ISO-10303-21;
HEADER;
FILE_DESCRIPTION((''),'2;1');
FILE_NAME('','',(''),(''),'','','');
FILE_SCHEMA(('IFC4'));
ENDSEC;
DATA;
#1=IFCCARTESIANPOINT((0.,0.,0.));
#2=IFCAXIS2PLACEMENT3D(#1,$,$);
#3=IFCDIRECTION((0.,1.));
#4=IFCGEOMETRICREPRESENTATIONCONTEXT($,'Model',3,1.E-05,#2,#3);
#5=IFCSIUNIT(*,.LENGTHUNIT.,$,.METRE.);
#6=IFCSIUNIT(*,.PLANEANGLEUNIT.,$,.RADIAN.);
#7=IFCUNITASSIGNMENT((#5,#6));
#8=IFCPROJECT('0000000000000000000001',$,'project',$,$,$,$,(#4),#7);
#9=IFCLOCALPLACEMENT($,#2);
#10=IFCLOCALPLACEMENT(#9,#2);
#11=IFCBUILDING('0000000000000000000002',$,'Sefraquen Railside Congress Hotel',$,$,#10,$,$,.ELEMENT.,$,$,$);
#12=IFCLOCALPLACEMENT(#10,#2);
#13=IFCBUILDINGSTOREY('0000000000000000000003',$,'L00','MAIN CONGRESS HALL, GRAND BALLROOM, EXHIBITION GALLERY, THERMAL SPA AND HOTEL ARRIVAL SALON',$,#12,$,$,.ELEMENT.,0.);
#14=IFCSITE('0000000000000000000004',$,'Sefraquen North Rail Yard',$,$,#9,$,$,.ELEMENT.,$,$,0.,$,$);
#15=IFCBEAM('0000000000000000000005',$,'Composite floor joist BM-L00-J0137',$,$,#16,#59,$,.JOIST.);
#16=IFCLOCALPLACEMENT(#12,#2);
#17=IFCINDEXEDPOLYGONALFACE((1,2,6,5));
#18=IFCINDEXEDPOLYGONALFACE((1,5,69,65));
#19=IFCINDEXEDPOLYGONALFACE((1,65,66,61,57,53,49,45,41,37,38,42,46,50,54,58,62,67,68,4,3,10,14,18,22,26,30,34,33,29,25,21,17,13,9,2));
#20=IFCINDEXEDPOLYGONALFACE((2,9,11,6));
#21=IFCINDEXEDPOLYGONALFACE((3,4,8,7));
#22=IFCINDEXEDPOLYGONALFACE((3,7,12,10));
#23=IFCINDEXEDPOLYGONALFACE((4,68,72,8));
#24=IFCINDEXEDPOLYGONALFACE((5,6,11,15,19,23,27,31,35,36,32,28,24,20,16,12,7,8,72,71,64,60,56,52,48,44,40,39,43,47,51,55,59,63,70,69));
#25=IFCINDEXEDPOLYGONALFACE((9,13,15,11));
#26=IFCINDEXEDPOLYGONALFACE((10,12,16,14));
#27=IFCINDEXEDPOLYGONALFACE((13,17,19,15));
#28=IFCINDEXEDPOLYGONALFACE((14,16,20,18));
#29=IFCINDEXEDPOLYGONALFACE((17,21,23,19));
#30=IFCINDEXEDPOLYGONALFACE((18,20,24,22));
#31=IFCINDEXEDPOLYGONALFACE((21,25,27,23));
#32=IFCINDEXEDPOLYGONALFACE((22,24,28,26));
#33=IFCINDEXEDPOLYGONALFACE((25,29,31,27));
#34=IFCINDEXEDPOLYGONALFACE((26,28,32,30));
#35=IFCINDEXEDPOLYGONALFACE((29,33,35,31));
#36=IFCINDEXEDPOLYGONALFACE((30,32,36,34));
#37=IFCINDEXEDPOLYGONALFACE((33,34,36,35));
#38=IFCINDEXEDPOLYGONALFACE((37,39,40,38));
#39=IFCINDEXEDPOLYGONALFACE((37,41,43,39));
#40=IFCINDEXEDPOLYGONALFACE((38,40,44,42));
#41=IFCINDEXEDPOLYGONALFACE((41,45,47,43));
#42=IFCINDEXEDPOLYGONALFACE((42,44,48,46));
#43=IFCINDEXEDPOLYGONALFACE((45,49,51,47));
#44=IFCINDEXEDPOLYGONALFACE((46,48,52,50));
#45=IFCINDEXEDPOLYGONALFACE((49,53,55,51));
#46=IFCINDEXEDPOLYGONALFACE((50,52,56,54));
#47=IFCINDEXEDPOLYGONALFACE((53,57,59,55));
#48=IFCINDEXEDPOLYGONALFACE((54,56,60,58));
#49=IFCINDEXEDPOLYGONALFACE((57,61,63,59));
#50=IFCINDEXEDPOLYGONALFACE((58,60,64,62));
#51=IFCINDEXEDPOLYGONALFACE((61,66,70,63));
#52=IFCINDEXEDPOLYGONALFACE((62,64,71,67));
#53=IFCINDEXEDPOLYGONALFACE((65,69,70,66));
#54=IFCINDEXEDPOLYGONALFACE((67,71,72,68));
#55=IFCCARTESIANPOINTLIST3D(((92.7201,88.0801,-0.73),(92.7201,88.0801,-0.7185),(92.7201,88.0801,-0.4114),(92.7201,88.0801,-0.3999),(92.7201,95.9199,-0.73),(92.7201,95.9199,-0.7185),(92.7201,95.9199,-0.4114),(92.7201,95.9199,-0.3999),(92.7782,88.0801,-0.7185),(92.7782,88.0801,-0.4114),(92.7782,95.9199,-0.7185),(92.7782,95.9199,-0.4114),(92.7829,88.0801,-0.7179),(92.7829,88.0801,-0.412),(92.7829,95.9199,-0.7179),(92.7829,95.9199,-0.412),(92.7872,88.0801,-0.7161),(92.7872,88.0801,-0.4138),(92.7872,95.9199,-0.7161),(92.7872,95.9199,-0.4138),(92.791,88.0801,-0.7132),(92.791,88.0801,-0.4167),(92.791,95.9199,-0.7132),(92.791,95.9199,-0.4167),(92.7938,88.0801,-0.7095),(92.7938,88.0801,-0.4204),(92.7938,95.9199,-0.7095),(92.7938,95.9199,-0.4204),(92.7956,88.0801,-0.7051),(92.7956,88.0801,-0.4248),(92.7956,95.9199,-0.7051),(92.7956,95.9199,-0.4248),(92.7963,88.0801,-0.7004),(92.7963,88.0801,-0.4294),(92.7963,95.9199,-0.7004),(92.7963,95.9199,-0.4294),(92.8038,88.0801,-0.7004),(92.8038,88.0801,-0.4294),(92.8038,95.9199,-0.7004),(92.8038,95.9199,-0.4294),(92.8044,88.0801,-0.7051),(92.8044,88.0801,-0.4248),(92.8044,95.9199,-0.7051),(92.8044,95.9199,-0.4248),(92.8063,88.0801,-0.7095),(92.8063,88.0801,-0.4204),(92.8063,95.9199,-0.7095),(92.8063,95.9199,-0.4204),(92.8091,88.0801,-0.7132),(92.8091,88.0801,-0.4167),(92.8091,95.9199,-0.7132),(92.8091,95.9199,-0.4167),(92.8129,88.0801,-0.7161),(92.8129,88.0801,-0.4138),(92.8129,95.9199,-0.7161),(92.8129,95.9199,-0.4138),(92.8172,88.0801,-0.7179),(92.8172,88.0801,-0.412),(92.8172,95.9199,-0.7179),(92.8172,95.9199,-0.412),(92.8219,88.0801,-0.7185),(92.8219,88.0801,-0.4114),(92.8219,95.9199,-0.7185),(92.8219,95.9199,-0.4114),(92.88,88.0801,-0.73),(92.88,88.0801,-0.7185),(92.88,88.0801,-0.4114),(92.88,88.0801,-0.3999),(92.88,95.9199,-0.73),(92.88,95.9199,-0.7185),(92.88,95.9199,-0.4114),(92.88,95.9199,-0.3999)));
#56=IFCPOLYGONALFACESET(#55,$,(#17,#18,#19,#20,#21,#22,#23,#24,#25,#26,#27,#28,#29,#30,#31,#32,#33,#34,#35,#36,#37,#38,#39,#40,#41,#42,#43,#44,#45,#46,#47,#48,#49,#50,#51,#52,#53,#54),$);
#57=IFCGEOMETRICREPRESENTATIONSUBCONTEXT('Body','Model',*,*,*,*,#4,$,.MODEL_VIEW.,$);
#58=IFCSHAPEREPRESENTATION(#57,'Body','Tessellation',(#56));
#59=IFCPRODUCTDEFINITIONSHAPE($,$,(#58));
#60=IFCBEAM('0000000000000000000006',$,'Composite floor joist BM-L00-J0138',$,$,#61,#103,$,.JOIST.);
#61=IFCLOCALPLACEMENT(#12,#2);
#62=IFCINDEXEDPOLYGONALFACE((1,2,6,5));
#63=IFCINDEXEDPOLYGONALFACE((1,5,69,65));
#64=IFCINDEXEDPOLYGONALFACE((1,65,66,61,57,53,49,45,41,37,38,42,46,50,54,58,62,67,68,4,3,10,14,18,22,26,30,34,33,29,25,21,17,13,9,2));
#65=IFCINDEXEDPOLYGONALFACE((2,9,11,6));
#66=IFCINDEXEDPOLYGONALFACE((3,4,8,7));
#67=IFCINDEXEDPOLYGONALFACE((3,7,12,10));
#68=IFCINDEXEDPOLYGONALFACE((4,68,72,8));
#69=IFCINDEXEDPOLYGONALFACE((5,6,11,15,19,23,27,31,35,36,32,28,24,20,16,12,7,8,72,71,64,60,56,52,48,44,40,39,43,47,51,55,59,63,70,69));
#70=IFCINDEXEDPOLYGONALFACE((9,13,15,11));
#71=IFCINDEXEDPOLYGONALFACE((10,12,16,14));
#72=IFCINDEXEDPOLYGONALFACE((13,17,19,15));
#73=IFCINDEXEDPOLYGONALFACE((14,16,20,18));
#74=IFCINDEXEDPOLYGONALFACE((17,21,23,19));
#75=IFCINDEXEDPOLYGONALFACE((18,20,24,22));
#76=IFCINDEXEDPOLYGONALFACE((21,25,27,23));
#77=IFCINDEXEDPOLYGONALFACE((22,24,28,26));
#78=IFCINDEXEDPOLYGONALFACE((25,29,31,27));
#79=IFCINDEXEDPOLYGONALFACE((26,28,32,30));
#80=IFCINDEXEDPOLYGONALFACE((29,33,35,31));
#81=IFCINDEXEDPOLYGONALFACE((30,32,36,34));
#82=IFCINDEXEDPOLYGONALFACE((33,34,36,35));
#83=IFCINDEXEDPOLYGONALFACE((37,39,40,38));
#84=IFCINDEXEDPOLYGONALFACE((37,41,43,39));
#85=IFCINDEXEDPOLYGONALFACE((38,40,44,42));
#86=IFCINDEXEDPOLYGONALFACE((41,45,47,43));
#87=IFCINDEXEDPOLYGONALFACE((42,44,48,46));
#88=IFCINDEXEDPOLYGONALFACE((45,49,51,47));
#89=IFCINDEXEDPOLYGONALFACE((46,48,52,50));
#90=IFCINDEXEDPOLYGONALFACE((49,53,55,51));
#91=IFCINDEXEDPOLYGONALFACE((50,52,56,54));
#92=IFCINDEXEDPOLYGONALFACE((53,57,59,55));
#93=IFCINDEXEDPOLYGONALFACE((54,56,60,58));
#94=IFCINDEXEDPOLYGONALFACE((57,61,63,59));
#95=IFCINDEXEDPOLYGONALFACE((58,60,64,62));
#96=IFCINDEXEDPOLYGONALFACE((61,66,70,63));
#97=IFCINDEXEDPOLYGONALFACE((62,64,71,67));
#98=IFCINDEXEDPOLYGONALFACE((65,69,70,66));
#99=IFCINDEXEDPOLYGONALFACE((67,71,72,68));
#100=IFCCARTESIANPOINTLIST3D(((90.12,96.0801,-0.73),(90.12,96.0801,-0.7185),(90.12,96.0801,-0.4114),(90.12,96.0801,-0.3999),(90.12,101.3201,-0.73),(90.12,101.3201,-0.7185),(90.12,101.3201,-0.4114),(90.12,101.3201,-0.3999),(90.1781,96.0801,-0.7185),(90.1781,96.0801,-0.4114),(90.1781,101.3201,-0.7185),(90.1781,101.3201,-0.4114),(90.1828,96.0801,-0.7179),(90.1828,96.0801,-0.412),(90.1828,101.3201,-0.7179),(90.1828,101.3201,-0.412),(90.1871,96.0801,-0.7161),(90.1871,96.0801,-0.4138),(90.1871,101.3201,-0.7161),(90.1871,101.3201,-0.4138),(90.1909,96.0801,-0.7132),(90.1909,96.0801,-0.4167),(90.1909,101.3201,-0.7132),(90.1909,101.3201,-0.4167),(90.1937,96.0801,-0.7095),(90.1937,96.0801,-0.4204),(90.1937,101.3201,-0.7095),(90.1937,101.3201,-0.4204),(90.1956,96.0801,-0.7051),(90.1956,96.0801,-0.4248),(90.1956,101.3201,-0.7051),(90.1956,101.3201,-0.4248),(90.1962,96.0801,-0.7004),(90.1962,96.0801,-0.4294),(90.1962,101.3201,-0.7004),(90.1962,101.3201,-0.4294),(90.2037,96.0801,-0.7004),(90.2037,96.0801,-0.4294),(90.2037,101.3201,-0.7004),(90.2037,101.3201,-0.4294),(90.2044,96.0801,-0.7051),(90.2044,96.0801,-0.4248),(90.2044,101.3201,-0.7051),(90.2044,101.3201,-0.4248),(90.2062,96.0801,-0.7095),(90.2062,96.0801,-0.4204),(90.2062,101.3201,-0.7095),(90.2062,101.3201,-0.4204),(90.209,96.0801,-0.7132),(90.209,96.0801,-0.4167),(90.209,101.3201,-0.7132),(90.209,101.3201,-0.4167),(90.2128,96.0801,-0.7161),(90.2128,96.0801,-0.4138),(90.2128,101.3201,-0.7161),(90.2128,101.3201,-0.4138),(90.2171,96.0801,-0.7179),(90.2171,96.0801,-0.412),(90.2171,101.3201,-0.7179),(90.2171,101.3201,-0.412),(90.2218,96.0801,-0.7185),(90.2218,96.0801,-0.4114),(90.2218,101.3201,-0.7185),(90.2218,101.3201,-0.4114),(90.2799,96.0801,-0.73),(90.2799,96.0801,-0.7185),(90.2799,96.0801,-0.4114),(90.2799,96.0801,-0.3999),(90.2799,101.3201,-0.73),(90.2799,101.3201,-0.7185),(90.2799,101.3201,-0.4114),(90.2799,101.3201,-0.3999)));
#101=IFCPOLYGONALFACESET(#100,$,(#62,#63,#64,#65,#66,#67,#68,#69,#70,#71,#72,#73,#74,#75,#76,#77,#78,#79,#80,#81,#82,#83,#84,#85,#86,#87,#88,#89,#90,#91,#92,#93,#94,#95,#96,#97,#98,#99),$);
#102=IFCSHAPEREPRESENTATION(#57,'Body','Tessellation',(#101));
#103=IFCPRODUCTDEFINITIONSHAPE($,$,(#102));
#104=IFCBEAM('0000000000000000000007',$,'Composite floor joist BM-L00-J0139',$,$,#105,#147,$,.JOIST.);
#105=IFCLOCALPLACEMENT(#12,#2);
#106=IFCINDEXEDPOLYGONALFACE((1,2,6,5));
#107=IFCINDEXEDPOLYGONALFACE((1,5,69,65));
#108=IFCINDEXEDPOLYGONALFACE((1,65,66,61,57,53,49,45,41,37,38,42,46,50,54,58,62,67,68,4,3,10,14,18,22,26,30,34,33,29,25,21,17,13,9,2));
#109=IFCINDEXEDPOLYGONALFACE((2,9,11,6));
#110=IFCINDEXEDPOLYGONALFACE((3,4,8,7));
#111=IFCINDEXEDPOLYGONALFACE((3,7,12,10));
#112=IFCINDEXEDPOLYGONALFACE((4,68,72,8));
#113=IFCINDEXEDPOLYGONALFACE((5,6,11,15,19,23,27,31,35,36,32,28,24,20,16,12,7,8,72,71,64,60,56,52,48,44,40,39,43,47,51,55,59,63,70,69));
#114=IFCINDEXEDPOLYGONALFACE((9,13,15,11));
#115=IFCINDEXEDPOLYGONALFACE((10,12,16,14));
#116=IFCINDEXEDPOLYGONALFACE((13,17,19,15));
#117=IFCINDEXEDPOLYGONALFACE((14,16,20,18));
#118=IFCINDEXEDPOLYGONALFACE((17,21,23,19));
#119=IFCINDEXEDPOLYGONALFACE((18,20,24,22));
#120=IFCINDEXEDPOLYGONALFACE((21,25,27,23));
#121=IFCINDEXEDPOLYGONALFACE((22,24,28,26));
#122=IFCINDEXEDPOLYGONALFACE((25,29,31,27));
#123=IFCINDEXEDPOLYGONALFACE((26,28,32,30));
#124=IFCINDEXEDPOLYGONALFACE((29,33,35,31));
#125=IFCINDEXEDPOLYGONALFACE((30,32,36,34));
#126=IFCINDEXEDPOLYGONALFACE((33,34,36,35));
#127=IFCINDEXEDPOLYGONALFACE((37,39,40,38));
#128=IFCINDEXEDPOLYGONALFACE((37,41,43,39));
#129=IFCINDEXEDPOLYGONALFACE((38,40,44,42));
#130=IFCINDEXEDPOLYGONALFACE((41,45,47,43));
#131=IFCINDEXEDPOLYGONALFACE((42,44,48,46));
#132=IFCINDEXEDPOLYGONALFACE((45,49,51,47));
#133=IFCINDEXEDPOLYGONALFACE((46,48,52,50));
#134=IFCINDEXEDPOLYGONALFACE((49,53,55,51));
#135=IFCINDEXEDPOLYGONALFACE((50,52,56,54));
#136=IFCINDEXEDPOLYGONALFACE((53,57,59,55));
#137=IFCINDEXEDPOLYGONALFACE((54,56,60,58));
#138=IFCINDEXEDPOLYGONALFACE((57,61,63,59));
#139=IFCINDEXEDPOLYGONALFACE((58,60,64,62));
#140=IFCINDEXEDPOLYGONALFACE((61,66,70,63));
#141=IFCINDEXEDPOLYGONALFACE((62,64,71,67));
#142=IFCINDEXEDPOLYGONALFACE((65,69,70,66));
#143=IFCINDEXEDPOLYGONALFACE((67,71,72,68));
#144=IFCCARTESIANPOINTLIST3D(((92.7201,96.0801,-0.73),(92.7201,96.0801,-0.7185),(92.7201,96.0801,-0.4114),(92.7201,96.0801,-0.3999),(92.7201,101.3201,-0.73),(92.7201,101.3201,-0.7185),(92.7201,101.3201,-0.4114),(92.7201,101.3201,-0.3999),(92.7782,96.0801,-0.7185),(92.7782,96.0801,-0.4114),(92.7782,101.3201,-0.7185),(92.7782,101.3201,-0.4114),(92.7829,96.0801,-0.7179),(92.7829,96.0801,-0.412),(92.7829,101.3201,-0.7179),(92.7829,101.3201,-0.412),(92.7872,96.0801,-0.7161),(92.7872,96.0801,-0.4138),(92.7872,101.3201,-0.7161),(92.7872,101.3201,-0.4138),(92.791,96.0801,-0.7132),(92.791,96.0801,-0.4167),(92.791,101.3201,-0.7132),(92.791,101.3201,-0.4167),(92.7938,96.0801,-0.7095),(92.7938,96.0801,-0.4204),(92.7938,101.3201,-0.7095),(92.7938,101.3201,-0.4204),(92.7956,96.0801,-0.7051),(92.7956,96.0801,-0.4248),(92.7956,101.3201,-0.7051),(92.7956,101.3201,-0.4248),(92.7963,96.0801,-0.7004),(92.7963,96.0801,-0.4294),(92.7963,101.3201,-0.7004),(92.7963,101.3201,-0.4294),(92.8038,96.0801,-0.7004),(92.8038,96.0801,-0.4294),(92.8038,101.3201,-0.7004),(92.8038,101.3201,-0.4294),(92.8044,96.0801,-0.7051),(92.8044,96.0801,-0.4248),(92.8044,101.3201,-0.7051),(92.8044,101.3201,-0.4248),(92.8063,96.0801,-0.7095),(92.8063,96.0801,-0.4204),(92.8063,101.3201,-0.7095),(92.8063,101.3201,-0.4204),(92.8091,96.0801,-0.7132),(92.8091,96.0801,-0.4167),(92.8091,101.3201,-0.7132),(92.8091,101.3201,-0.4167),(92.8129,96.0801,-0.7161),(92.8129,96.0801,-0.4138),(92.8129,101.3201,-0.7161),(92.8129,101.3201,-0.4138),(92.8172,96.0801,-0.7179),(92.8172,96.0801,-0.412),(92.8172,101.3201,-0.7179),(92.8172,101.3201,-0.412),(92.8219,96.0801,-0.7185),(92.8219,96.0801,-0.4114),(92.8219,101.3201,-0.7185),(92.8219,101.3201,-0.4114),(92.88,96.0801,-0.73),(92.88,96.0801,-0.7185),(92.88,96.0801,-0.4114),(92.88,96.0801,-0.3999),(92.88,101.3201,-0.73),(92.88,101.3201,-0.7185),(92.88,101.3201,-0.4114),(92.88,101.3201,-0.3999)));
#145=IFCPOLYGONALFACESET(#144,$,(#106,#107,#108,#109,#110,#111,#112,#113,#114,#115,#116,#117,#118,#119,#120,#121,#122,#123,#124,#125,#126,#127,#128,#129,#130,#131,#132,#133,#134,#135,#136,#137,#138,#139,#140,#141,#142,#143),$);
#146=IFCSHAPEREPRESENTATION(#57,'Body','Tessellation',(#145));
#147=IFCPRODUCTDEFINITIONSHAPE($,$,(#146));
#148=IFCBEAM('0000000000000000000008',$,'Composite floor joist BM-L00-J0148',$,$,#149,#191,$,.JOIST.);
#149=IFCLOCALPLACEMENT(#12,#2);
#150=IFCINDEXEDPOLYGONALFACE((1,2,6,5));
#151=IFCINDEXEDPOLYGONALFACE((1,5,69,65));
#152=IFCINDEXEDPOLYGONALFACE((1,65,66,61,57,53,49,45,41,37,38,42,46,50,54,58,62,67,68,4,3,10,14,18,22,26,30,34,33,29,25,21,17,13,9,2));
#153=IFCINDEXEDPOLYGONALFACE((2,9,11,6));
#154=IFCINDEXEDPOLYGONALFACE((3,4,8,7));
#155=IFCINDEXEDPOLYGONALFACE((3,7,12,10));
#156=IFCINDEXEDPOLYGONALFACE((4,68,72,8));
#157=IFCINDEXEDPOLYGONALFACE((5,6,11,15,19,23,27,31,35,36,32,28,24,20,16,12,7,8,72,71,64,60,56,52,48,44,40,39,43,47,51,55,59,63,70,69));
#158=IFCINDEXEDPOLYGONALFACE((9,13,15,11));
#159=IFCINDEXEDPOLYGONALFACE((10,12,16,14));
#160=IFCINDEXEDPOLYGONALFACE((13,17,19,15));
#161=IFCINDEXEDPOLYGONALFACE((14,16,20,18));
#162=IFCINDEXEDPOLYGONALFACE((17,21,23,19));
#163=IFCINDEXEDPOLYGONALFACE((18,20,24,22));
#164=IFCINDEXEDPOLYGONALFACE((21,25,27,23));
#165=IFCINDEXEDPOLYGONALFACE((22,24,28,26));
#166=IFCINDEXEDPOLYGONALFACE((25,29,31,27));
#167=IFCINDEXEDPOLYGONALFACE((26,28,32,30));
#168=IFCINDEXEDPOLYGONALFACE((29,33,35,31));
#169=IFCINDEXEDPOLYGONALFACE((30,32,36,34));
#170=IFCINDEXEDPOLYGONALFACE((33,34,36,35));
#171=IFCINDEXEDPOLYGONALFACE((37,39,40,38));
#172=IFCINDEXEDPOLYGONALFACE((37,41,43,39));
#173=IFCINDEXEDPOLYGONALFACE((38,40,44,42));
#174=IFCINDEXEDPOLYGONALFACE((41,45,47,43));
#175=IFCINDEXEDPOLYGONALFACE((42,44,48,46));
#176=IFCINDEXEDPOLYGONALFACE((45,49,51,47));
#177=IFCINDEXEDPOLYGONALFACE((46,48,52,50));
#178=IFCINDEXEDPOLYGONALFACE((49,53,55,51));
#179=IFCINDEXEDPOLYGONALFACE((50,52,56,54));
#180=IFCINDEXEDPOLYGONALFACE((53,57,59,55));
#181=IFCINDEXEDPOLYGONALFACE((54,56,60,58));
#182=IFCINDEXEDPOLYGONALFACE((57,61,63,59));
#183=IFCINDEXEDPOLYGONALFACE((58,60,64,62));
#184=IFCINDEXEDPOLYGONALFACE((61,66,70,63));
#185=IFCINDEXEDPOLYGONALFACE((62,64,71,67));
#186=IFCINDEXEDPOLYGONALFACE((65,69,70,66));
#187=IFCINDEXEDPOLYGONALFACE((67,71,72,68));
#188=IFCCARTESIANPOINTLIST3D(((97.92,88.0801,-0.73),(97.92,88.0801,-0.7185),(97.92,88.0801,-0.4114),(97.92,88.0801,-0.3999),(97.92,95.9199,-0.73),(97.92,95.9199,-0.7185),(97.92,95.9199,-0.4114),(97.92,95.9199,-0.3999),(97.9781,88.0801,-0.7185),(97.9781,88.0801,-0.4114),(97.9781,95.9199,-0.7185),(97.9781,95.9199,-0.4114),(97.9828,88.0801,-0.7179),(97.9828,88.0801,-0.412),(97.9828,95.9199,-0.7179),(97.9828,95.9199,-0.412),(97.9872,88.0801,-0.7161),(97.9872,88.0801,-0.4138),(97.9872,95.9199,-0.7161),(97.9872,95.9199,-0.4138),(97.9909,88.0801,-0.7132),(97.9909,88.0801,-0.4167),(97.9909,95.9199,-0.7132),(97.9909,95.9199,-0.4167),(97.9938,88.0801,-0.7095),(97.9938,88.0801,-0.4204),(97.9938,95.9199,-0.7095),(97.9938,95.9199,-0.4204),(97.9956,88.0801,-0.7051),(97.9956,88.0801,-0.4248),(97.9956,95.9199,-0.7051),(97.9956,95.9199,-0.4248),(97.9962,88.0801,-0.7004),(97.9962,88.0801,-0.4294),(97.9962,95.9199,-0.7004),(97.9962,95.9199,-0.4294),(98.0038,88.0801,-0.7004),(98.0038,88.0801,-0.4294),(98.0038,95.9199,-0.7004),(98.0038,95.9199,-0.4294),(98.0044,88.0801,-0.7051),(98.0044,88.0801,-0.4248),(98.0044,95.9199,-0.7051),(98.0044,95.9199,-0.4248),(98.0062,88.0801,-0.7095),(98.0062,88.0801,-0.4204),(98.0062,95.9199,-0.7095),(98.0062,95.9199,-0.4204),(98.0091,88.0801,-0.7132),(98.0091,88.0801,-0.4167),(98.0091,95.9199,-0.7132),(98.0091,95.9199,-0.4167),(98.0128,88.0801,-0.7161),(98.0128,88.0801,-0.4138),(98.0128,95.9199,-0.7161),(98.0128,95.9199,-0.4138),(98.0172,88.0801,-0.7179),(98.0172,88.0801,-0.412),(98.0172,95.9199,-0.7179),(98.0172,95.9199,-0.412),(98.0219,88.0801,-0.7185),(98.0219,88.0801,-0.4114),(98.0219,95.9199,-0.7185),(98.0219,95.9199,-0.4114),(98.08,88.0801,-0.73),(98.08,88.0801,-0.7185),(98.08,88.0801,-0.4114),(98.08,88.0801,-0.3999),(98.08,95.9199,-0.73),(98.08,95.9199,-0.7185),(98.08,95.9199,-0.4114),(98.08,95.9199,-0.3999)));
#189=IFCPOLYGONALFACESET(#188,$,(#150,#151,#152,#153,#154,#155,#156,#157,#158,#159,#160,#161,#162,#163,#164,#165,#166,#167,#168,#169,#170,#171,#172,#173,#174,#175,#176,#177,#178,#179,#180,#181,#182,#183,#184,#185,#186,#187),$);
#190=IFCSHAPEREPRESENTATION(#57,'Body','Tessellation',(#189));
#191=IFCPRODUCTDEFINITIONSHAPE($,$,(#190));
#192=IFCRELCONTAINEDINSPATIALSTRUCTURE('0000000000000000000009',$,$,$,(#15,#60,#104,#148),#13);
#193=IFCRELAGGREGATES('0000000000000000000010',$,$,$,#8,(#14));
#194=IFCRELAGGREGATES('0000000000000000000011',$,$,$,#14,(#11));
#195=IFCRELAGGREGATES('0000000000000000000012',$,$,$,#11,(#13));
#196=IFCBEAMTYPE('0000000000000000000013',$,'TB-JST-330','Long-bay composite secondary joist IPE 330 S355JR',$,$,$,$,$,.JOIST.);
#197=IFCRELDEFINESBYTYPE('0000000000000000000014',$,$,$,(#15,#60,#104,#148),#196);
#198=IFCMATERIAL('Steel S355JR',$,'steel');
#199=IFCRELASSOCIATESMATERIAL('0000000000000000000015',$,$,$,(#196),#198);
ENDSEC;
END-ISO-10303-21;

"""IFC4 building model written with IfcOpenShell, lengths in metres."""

from ifc_helpers import new_model, si_unit, direction, frame, origin, origin_2d, place, context, subcontext, project, spatial, i_section, extrude, material, material_profile, profile_set, type_object, element, save


model = new_model("IFC4")

# Units and contexts
model_context = context("Model", 3, precision=1e-05, world=origin(), true_north=direction((0.0, 1.0)))
body_context = subcontext(model_context, "Body", "Model", "MODEL_VIEW")
ifc_project = project(units=[si_unit("LENGTHUNIT", "METRE"), si_unit("PLANEANGLEUNIT", "RADIAN")], contexts=[model_context])

# Site, building, storey
site_placement = place(None, origin())
site = spatial("IfcSite", under=ifc_project, at=site_placement, Name="Sefraquen North Rail Yard", CompositionType="ELEMENT", RefElevation=0.0)
building_placement = place(site_placement, origin())
building = spatial("IfcBuilding", under=site, at=building_placement, Name="Sefraquen Railside Congress Hotel", CompositionType="ELEMENT")
storey_placement = place(building_placement, origin())
storey = spatial("IfcBuildingStorey", under=building, at=storey_placement, Name="L00", Description="MAIN CONGRESS HALL, GRAND BALLROOM, EXHIBITION GALLERY, THERMAL SPA AND HOTEL ARRIVAL SALON", CompositionType="ELEMENT", Elevation=0.0)

# Shared definitions
ifc_material_1 = material(Name="Steel S355JR", Category="steel")

# Beams
ifc_material_profile_1 = material_profile(ifc_material_1, i_section(OverallWidth=0.1599, OverallDepth=0.3301, WebThickness=0.0076, FlangeThickness=0.0115, FilletRadius=0.0181, at=origin_2d()), Name="IPE 330")
ifc_profile_set_1 = profile_set([ifc_material_profile_1], Name="Steel S355JR")
beam_type_1 = type_object("IfcBeamType", Name="TB-JST-330", Description="Long-bay composite secondary joist IPE 330 S355JR", PredefinedType="JOIST", material=ifc_profile_set_1)
for number, where, z_axis, x_axis, name in (
    (1, (92.8, 88.0801, -0.5649), (0.0, 1.0, 0.0), (-1.0, 0.0, 0.0), "Composite floor joist BM-L00-J0137"),
):
    element("IfcBeam", number, at=place(storey_placement, frame(where, z_axis=z_axis, x_axis=x_axis)), inside=storey, type_object=beam_type_1, Name=name, PredefinedType="JOIST", context=body_context, shape_type="SweptSolid", body=[
        extrude(i_section(OverallWidth=0.1599, OverallDepth=0.3301, WebThickness=0.0076, FlangeThickness=0.0115, FilletRadius=0.0181, at=origin_2d()), origin(), (0.0, 0.0, 1.0), 7.8398),
    ])
for number, where, z_axis, x_axis, name in (
    (2, (90.2, 96.0801, -0.5649), (0.0, 1.0, 0.0), (-1.0, 0.0, 0.0), "Composite floor joist BM-L00-J0138"),
    (3, (92.8, 96.0801, -0.5649), (0.0, 1.0, 0.0), (-1.0, 0.0, 0.0), "Composite floor joist BM-L00-J0139"),
):
    element("IfcBeam", number, at=place(storey_placement, frame(where, z_axis=z_axis, x_axis=x_axis)), inside=storey, type_object=beam_type_1, Name=name, PredefinedType="JOIST", context=body_context, shape_type="SweptSolid", body=[
        extrude(i_section(OverallWidth=0.1599, OverallDepth=0.3301, WebThickness=0.0076, FlangeThickness=0.0115, FilletRadius=0.0181, at=origin_2d()), origin(), (0.0, 0.0, 1.0), 5.24),
    ])
for number, where, z_axis, x_axis, name in (
    (4, (98.0, 88.0801, -0.5649), (0.0, 1.0, 0.0), (-1.0, 0.0, 0.0), "Composite floor joist BM-L00-J0148"),
):
    element("IfcBeam", number, at=place(storey_placement, frame(where, z_axis=z_axis, x_axis=x_axis)), inside=storey, type_object=beam_type_1, Name=name, PredefinedType="JOIST", context=body_context, shape_type="SweptSolid", body=[
        extrude(i_section(OverallWidth=0.1599, OverallDepth=0.3301, WebThickness=0.0076, FlangeThickness=0.0115, FilletRadius=0.0181, at=origin_2d()), origin(), (0.0, 0.0, 1.0), 7.8398),
    ])

save(model, "model.ifc")
